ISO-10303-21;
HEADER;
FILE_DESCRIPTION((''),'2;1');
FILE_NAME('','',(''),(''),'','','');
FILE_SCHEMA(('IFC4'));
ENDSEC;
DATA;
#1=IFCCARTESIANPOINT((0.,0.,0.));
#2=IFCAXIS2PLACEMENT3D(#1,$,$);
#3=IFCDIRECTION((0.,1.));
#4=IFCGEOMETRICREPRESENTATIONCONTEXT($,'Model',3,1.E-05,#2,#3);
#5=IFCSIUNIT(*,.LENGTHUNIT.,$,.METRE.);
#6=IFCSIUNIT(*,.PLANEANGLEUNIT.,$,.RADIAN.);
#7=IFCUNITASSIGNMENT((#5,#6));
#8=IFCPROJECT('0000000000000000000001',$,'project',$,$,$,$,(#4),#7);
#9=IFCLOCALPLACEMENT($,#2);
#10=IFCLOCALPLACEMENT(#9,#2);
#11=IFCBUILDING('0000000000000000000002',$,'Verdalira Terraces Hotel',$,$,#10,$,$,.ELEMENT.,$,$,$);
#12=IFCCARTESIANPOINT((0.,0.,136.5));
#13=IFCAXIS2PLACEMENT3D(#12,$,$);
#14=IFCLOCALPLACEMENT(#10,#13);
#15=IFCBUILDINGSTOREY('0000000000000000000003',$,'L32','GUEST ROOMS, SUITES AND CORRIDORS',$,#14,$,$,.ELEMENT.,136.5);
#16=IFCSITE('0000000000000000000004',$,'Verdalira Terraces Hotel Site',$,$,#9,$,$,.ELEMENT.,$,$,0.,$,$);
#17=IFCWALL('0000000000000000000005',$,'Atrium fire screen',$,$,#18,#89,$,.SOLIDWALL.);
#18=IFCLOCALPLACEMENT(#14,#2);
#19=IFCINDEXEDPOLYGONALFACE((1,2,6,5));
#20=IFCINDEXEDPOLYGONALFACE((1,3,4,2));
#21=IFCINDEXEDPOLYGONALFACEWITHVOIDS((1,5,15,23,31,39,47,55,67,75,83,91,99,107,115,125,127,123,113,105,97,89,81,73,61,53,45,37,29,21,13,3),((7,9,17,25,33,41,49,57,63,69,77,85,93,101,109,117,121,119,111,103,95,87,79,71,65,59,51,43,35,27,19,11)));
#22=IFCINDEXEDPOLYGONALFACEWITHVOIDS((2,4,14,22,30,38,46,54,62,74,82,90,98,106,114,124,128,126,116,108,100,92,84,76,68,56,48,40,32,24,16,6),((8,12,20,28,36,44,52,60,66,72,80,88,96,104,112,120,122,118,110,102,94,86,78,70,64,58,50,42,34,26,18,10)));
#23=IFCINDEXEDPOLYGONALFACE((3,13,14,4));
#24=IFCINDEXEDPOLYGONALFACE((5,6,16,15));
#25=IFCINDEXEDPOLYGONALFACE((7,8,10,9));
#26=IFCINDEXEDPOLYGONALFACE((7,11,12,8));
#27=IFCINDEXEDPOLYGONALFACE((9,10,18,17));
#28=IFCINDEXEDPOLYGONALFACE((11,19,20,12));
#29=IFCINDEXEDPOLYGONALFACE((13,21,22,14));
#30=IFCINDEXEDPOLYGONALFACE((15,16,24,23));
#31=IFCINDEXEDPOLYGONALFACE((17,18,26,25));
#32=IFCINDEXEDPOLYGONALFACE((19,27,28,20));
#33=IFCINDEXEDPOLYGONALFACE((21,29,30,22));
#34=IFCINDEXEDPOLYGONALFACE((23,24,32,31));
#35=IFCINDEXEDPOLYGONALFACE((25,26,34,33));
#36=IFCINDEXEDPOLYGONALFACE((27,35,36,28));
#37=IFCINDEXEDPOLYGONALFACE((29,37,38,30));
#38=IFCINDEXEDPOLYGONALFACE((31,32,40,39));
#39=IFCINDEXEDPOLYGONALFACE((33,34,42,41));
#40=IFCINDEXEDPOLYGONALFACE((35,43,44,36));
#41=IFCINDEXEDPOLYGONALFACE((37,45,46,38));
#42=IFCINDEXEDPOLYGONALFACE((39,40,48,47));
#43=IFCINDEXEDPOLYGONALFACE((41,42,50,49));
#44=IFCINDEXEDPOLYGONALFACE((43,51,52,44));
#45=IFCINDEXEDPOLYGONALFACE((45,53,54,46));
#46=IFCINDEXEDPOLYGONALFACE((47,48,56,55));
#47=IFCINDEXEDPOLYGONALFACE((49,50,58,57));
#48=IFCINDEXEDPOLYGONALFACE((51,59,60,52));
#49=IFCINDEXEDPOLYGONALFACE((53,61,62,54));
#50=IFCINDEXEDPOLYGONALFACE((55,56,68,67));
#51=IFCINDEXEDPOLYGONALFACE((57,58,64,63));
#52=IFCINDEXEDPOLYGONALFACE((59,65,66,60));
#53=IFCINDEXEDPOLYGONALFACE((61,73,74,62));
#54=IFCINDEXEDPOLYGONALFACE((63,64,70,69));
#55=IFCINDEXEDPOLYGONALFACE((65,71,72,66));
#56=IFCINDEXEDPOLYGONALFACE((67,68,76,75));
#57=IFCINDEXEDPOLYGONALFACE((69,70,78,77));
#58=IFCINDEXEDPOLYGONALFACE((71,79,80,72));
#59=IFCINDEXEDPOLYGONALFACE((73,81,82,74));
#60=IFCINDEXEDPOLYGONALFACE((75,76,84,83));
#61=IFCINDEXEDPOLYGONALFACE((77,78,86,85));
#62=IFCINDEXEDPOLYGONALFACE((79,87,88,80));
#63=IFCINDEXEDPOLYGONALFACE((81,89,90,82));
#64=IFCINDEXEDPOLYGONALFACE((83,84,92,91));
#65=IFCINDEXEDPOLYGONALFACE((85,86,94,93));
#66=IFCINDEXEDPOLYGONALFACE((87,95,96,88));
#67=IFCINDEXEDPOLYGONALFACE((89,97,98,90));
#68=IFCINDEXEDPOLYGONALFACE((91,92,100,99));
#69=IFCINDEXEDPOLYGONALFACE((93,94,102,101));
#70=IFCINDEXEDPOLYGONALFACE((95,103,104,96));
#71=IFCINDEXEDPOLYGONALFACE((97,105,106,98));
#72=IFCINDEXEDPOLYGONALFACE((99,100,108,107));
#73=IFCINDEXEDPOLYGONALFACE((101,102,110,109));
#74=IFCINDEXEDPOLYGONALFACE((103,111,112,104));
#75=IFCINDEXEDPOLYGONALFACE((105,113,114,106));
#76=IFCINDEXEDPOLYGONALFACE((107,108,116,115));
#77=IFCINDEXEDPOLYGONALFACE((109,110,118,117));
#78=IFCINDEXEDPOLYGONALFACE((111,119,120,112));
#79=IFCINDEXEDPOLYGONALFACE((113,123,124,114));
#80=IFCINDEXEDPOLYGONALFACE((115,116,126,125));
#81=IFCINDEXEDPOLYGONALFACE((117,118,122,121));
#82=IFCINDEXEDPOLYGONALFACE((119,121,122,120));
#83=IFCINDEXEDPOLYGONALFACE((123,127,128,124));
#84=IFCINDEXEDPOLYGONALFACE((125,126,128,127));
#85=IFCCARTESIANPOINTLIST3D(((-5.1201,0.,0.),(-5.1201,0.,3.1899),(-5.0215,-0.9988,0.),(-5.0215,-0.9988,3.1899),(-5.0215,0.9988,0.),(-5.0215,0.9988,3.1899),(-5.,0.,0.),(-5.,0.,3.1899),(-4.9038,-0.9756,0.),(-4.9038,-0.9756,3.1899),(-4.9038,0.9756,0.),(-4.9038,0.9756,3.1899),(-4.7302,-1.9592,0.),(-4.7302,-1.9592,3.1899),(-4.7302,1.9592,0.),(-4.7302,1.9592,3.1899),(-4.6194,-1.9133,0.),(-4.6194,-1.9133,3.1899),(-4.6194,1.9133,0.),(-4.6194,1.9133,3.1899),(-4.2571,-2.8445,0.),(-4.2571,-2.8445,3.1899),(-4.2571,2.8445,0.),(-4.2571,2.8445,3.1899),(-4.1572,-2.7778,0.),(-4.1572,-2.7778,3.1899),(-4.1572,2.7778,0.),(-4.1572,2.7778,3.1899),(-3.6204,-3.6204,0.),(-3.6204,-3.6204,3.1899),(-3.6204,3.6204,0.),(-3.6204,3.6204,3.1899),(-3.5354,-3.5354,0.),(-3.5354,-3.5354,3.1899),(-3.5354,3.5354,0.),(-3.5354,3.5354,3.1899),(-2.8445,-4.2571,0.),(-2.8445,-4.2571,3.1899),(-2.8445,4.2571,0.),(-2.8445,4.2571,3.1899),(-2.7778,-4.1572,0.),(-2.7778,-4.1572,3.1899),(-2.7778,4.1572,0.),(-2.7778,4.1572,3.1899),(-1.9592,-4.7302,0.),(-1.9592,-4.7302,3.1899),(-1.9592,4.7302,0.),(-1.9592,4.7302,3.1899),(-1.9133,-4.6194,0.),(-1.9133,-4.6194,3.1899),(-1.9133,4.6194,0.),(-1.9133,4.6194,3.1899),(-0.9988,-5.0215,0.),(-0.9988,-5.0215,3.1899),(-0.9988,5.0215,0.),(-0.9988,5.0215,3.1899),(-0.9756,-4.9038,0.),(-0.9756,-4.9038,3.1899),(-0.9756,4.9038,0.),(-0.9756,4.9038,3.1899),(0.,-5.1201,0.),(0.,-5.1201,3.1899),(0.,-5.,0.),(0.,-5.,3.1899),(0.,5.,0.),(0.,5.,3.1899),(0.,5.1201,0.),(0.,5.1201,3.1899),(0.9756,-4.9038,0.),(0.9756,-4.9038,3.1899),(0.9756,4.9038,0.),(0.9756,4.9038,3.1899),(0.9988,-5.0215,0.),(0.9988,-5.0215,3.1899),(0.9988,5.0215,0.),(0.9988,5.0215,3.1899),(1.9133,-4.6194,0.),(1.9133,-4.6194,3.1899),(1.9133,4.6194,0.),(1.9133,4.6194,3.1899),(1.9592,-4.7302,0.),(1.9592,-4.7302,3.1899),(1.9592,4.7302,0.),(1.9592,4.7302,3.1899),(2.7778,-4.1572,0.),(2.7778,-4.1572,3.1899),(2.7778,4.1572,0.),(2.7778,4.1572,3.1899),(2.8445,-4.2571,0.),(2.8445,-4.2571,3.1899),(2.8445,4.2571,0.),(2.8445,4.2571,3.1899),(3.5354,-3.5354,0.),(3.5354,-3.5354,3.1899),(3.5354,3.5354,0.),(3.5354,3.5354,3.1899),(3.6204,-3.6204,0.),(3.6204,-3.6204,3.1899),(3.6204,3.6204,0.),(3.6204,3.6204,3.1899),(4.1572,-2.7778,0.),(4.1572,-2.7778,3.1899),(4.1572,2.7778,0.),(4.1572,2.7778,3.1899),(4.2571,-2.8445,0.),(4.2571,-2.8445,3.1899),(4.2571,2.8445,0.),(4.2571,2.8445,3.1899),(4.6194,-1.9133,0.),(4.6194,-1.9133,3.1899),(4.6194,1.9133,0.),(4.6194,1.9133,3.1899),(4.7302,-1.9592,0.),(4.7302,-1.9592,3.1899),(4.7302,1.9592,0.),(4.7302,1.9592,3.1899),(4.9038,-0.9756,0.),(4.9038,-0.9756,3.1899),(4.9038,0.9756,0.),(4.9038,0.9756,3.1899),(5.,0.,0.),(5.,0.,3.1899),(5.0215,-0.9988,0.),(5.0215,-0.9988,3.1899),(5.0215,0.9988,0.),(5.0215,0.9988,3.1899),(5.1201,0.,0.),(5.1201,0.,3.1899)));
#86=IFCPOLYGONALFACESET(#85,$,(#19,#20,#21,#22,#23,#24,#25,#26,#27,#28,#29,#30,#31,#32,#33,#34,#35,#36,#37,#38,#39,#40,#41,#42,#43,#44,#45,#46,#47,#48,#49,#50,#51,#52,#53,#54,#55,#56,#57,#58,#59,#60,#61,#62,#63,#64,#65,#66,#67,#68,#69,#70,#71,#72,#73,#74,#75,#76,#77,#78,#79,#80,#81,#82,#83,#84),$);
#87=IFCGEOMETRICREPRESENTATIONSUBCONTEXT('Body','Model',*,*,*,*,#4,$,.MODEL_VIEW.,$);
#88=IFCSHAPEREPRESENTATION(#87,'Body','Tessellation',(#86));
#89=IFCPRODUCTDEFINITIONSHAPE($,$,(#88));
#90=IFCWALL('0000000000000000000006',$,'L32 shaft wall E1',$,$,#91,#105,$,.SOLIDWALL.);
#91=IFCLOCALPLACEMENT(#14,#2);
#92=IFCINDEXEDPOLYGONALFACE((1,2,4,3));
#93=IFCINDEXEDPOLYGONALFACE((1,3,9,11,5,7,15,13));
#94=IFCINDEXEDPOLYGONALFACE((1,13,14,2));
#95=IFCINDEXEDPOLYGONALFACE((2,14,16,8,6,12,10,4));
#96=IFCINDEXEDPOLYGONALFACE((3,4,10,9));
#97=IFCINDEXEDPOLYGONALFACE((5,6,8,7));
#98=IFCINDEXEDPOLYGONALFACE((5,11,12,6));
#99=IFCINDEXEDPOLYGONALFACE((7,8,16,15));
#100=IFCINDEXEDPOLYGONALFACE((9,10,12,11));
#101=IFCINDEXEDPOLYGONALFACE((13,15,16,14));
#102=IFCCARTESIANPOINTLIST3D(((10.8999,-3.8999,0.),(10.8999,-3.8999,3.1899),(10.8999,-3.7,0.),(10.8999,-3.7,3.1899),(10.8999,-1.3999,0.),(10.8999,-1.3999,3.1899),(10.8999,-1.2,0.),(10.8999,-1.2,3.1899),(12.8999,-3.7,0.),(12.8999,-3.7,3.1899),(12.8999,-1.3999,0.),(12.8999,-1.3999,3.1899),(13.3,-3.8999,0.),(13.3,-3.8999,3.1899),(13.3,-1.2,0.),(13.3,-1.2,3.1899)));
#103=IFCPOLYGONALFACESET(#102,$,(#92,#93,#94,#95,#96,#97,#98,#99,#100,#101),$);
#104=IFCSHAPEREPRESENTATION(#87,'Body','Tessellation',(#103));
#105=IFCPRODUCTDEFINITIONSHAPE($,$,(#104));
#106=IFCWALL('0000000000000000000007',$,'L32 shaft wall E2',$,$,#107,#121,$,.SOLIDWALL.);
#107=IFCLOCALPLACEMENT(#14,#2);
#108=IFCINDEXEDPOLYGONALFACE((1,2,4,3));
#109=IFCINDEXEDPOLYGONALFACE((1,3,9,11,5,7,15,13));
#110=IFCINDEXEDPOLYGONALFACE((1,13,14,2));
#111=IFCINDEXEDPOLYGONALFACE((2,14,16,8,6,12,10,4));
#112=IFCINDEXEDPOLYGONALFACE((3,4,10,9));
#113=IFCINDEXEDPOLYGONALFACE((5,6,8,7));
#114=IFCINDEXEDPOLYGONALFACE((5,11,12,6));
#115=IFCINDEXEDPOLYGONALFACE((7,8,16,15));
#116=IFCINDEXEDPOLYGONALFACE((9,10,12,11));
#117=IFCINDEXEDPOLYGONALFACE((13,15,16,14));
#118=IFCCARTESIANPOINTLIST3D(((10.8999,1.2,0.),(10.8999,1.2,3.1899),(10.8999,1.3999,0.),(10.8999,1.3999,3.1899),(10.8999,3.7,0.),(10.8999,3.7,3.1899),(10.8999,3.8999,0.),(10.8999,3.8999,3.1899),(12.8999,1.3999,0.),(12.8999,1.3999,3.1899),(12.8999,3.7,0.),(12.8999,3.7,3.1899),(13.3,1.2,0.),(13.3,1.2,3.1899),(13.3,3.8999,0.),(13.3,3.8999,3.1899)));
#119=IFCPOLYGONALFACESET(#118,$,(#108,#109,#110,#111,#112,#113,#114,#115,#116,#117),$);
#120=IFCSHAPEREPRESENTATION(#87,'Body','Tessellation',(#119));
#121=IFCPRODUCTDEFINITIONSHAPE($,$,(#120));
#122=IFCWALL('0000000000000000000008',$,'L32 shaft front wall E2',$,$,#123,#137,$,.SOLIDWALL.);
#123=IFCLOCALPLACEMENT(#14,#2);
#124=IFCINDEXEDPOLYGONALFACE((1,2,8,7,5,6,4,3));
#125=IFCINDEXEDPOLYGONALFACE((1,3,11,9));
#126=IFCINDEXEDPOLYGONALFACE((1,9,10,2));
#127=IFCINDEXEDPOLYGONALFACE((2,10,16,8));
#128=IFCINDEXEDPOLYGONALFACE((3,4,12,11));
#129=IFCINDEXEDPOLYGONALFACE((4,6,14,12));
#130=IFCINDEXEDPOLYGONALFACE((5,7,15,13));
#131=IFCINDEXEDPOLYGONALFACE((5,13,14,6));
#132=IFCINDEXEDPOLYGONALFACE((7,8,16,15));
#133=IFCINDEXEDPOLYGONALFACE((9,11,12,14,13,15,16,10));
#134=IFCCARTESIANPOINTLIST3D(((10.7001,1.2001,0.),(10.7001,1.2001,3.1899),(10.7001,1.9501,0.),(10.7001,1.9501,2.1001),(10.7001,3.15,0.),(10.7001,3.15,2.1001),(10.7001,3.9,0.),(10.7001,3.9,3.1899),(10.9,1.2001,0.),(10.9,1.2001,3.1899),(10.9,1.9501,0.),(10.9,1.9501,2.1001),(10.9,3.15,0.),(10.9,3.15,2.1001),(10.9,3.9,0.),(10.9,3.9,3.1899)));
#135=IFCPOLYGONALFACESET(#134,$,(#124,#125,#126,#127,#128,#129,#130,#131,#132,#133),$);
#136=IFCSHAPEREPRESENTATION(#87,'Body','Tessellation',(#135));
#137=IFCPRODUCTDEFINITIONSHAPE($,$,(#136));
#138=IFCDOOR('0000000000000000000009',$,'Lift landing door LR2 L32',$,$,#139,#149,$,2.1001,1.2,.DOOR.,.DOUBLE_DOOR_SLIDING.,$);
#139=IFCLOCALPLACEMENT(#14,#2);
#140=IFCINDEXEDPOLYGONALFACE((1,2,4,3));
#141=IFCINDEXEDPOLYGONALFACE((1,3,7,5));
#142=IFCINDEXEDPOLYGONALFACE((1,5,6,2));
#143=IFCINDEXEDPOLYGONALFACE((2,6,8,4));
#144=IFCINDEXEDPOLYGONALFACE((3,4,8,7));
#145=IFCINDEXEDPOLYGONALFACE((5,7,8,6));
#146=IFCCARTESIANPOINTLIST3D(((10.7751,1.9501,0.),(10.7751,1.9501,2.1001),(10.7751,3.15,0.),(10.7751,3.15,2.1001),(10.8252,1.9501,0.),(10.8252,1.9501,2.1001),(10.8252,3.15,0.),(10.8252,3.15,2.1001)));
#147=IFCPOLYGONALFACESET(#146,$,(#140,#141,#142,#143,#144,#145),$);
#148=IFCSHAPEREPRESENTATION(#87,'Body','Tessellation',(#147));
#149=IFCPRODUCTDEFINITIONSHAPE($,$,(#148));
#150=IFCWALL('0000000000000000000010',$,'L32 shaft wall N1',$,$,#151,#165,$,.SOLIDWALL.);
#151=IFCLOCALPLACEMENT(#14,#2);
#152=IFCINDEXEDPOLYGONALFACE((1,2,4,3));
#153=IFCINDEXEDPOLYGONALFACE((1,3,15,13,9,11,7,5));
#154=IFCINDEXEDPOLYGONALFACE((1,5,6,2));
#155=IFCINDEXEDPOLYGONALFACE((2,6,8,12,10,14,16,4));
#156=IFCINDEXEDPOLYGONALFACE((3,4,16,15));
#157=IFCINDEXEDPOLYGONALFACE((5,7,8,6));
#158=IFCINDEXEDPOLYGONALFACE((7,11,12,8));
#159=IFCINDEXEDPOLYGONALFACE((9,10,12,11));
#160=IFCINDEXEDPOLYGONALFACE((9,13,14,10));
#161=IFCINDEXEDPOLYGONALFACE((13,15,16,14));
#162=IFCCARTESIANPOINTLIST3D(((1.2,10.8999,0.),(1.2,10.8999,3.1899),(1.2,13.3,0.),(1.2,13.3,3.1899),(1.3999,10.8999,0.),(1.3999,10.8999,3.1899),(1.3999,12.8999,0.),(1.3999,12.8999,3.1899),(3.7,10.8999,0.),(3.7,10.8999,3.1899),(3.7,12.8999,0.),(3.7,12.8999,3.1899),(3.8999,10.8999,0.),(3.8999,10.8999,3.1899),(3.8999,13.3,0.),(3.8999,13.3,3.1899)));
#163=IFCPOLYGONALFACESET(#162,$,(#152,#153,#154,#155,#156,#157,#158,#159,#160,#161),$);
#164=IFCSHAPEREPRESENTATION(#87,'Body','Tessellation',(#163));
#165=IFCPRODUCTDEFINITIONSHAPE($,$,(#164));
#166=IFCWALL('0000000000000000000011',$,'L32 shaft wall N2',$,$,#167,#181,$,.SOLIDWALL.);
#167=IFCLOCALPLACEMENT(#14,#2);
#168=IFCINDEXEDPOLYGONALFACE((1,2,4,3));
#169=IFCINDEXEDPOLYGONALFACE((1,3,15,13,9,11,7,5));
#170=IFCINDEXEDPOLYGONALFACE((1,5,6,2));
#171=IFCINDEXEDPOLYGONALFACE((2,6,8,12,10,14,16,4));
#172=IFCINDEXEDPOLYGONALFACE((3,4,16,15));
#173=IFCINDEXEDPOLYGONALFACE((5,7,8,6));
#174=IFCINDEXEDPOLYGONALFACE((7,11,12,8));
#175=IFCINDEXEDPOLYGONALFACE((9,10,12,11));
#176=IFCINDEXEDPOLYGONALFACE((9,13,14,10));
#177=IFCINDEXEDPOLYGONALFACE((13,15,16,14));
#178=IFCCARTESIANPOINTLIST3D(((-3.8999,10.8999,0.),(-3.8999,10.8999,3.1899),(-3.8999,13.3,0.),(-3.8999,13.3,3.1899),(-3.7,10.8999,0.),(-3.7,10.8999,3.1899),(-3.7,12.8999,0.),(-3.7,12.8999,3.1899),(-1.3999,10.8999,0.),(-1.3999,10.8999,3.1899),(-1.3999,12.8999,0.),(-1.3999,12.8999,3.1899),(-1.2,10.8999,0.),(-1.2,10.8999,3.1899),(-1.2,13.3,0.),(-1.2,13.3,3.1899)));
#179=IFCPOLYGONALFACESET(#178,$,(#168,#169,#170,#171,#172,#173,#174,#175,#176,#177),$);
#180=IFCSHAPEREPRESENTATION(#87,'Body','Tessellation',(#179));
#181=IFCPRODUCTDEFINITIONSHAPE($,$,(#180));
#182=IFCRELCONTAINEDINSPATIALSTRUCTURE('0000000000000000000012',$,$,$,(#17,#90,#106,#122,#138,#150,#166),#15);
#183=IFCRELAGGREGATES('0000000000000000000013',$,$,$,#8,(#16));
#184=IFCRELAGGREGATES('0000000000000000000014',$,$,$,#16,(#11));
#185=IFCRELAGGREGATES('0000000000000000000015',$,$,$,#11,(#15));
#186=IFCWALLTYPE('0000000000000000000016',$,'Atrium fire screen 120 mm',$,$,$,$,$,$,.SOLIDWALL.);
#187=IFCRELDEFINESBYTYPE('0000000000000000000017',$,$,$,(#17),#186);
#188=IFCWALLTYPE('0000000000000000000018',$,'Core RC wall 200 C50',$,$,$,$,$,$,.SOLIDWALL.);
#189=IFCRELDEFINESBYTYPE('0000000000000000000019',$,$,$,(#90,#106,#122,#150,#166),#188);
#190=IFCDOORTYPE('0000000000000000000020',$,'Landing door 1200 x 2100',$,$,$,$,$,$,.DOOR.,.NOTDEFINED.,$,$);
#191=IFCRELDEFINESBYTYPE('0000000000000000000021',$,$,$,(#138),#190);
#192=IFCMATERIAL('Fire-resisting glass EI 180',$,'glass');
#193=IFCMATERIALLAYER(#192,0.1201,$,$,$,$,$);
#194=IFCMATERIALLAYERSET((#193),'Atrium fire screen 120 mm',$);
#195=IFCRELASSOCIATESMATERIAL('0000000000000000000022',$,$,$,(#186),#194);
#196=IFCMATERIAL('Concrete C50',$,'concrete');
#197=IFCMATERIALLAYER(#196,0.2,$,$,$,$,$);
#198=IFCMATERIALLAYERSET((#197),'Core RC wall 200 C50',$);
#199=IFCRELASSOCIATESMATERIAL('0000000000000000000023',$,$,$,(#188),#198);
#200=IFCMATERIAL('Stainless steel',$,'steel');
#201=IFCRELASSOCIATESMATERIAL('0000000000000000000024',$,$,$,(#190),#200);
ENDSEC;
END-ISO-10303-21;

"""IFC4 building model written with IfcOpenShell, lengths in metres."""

from ifc_helpers import new_model, si_unit, direction, frame, frame_2d, origin, place, context, subcontext, project, spatial, polyline, rectangle, outline, extrude, material, layer, layer_set, type_object, element, fill, save


model = new_model("IFC4")

# Units and contexts
model_context = context("Model", 3, precision=1e-05, world=origin(), true_north=direction((0.0, 1.0)))
body_context = subcontext(model_context, "Body", "Model", "MODEL_VIEW")
ifc_project = project(units=[si_unit("LENGTHUNIT", "METRE"), si_unit("PLANEANGLEUNIT", "RADIAN")], contexts=[model_context])

# Site, building, storey
site_placement = place(None, origin())
site = spatial("IfcSite", under=ifc_project, at=site_placement, Name="Verdalira Terraces Hotel Site", CompositionType="ELEMENT", RefElevation=0.0)
building_placement = place(site_placement, origin())
building = spatial("IfcBuilding", under=site, at=building_placement, Name="Verdalira Terraces Hotel", CompositionType="ELEMENT")
storey_placement = place(building_placement, frame((0.0, 0.0, 136.5)))
storey = spatial("IfcBuildingStorey", under=building, at=storey_placement, Name="L32", Description="GUEST ROOMS, SUITES AND CORRIDORS", CompositionType="ELEMENT", Elevation=136.5)

# Walls
ifc_material_1 = material(Name="Fire-resisting glass EI 180", Category="glass")
ifc_layer_1 = layer(ifc_material_1, 0.1201)
ifc_layer_set_1 = layer_set([ifc_layer_1], Name="Atrium fire screen 120 mm")
wall_type_1 = type_object("IfcWallType", Name="Atrium fire screen 120 mm", PredefinedType="SOLIDWALL", material=ifc_layer_set_1)
wall_1_placement = place(storey_placement, origin())
element("IfcWall", 1, at=wall_1_placement, inside=storey, type_object=wall_type_1, Name="Atrium fire screen", PredefinedType="SOLIDWALL", context=body_context, shape_type="SweptSolid", body=[
    extrude(outline(polyline([(5.0215, -0.9988), (4.7302, -1.9592), (4.2571, -2.8445), (3.6204, -3.6204), (2.8445, -4.2571), (1.9592, -4.7302), (0.9988, -5.0215), (0.0, -5.1201), (-0.9988, -5.0215), (-1.9592, -4.7302), (-2.8445, -4.2571), (-3.6204, -3.6204), (-4.2571, -2.8445), (-4.7302, -1.9592), (-5.0215, -0.9988), (-5.1201, 0.0), (-5.0215, 0.9988), (-4.7302, 1.9592), (-4.2571, 2.8445), (-3.6204, 3.6204), (-2.8445, 4.2571), (-1.9592, 4.7302), (-0.9988, 5.0215), (0.0, 5.1201), (0.9988, 5.0215), (1.9592, 4.7302), (2.8445, 4.2571), (3.6204, 3.6204), (4.2571, 2.8445), (4.7302, 1.9592), (5.0215, 0.9988), (5.1201, 0.0), (5.0215, -0.9988)]), holes=[polyline([(4.9038, 0.9756), (4.6194, 1.9133), (4.1572, 2.7778), (3.5354, 3.5354), (2.7778, 4.1572), (1.9133, 4.6194), (0.9756, 4.9038), (0.0, 5.0), (-0.9756, 4.9038), (-1.9133, 4.6194), (-2.7778, 4.1572), (-3.5354, 3.5354), (-4.1572, 2.7778), (-4.6194, 1.9133), (-4.9038, 0.9756), (-5.0, 0.0), (-4.9038, -0.9756), (-4.6194, -1.9133), (-4.1572, -2.7778), (-3.5354, -3.5354), (-2.7778, -4.1572), (-1.9133, -4.6194), (-0.9756, -4.9038), (0.0, -5.0), (0.9756, -4.9038), (1.9133, -4.6194), (2.7778, -4.1572), (3.5354, -3.5354), (4.1572, -2.7778), (4.6194, -1.9133), (4.9038, -0.9756), (5.0, 0.0), (4.9038, 0.9756)])]), origin(), (0.0, 0.0, 1.0), 3.1899),
])
ifc_material_2 = material(Name="Concrete C50", Category="concrete")
ifc_layer_2 = layer(ifc_material_2, 0.2)
ifc_layer_set_2 = layer_set([ifc_layer_2], Name="Core RC wall 200 C50")
wall_type_2 = type_object("IfcWallType", Name="Core RC wall 200 C50", PredefinedType="SOLIDWALL", material=ifc_layer_set_2)
wall_2_placement = place(storey_placement, origin())
element("IfcWall", 2, at=wall_2_placement, inside=storey, type_object=wall_type_2, Name="L32 shaft wall E1", PredefinedType="SOLIDWALL", context=body_context, shape_type="SweptSolid", body=[
    extrude(outline(polyline([(13.3, -3.8999), (10.8999, -3.8999), (10.8999, -3.7), (12.8999, -3.7), (12.8999, -1.3999), (10.8999, -1.3999), (10.8999, -1.2), (13.3, -1.2), (13.3, -3.8999)])), origin(), (0.0, 0.0, 1.0), 3.1899),
])
wall_3_placement = place(storey_placement, origin())
element("IfcWall", 3, at=wall_3_placement, inside=storey, type_object=wall_type_2, Name="L32 shaft wall E2", PredefinedType="SOLIDWALL", context=body_context, shape_type="SweptSolid", body=[
    extrude(outline(polyline([(13.3, 3.8999), (13.3, 1.2), (10.8999, 1.2), (10.8999, 1.3999), (12.8999, 1.3999), (12.8999, 3.7), (10.8999, 3.7), (10.8999, 3.8999), (13.3, 3.8999)])), origin(), (0.0, 0.0, 1.0), 3.1899),
])

# Wall, opening, door
wall_4_placement = place(storey_placement, frame((10.8, 1.2, 0.0), z_axis=(0.0, 0.0, 1.0), x_axis=(0.0, 1.0, 0.0)))
wall_4 = element("IfcWall", 4, at=wall_4_placement, inside=storey, type_object=wall_type_2, Name="L32 shaft front wall E2", PredefinedType="SOLIDWALL", context=body_context, shape_type="SweptSolid", body=[
    extrude(rectangle(XDim=2.7, YDim=0.2, at=frame_2d((1.3501, 0.0))), origin(), (0.0, 0.0, 1.0), 3.1899),
])
opening_1_placement = place(wall_4_placement, frame((0.75, 0.0, 0.0)))
opening_1 = element("IfcOpeningElement", 5, at=opening_1_placement, cuts=wall_4, PredefinedType="OPENING", context=body_context, shape_type="SweptSolid", body=[
    extrude(rectangle(XDim=1.2, YDim=2.1001, at=frame_2d((0.6001, 1.05))), frame((0.0, 0.1099, 0.0), z_axis=(0.0, -1.0, 0.0), x_axis=(1.0, 0.0, 0.0)), (0.0, 0.0, 1.0), 0.22),
])
ifc_material_3 = material(Name="Stainless steel", Category="steel")
door_type_1 = type_object("IfcDoorType", Name="Landing door 1200 x 2100", OperationType="NOTDEFINED", PredefinedType="DOOR", material=ifc_material_3)
door_1_placement = place(opening_1_placement, origin())
door_1 = element("IfcDoor", 6, at=door_1_placement, inside=storey, type_object=door_type_1, Name="Lift landing door LR2 L32", OperationType="DOUBLE_DOOR_SLIDING", OverallHeight=2.1001, OverallWidth=1.2, PredefinedType="DOOR", context=body_context, shape_type="SweptSolid", body=[
    extrude(rectangle(XDim=1.2, YDim=2.1001, at=frame_2d((0.6001, 1.05))), frame((0.0, 0.0249, 0.0), z_axis=(0.0, -1.0, 0.0), x_axis=(1.0, 0.0, 0.0)), (0.0, 0.0, 1.0), 0.05),
])
fill(opening_1, door_1)

# Walls
wall_5_placement = place(storey_placement, origin())
element("IfcWall", 7, at=wall_5_placement, inside=storey, type_object=wall_type_2, Name="L32 shaft wall N1", PredefinedType="SOLIDWALL", context=body_context, shape_type="SweptSolid", body=[
    extrude(outline(polyline([(3.8999, 13.3), (3.8999, 10.8999), (3.7, 10.8999), (3.7, 12.8999), (1.3999, 12.8999), (1.3999, 10.8999), (1.2, 10.8999), (1.2, 13.3), (3.8999, 13.3)])), origin(), (0.0, 0.0, 1.0), 3.1899),
])
wall_6_placement = place(storey_placement, origin())
element("IfcWall", 8, at=wall_6_placement, inside=storey, type_object=wall_type_2, Name="L32 shaft wall N2", PredefinedType="SOLIDWALL", context=body_context, shape_type="SweptSolid", body=[
    extrude(outline(polyline([(-3.8999, 10.8999), (-3.8999, 13.3), (-1.2, 13.3), (-1.2, 10.8999), (-1.3999, 10.8999), (-1.3999, 12.8999), (-3.7, 12.8999), (-3.7, 10.8999), (-3.8999, 10.8999)])), origin(), (0.0, 0.0, 1.0), 3.1899),
])

save(model, "model.ifc")
